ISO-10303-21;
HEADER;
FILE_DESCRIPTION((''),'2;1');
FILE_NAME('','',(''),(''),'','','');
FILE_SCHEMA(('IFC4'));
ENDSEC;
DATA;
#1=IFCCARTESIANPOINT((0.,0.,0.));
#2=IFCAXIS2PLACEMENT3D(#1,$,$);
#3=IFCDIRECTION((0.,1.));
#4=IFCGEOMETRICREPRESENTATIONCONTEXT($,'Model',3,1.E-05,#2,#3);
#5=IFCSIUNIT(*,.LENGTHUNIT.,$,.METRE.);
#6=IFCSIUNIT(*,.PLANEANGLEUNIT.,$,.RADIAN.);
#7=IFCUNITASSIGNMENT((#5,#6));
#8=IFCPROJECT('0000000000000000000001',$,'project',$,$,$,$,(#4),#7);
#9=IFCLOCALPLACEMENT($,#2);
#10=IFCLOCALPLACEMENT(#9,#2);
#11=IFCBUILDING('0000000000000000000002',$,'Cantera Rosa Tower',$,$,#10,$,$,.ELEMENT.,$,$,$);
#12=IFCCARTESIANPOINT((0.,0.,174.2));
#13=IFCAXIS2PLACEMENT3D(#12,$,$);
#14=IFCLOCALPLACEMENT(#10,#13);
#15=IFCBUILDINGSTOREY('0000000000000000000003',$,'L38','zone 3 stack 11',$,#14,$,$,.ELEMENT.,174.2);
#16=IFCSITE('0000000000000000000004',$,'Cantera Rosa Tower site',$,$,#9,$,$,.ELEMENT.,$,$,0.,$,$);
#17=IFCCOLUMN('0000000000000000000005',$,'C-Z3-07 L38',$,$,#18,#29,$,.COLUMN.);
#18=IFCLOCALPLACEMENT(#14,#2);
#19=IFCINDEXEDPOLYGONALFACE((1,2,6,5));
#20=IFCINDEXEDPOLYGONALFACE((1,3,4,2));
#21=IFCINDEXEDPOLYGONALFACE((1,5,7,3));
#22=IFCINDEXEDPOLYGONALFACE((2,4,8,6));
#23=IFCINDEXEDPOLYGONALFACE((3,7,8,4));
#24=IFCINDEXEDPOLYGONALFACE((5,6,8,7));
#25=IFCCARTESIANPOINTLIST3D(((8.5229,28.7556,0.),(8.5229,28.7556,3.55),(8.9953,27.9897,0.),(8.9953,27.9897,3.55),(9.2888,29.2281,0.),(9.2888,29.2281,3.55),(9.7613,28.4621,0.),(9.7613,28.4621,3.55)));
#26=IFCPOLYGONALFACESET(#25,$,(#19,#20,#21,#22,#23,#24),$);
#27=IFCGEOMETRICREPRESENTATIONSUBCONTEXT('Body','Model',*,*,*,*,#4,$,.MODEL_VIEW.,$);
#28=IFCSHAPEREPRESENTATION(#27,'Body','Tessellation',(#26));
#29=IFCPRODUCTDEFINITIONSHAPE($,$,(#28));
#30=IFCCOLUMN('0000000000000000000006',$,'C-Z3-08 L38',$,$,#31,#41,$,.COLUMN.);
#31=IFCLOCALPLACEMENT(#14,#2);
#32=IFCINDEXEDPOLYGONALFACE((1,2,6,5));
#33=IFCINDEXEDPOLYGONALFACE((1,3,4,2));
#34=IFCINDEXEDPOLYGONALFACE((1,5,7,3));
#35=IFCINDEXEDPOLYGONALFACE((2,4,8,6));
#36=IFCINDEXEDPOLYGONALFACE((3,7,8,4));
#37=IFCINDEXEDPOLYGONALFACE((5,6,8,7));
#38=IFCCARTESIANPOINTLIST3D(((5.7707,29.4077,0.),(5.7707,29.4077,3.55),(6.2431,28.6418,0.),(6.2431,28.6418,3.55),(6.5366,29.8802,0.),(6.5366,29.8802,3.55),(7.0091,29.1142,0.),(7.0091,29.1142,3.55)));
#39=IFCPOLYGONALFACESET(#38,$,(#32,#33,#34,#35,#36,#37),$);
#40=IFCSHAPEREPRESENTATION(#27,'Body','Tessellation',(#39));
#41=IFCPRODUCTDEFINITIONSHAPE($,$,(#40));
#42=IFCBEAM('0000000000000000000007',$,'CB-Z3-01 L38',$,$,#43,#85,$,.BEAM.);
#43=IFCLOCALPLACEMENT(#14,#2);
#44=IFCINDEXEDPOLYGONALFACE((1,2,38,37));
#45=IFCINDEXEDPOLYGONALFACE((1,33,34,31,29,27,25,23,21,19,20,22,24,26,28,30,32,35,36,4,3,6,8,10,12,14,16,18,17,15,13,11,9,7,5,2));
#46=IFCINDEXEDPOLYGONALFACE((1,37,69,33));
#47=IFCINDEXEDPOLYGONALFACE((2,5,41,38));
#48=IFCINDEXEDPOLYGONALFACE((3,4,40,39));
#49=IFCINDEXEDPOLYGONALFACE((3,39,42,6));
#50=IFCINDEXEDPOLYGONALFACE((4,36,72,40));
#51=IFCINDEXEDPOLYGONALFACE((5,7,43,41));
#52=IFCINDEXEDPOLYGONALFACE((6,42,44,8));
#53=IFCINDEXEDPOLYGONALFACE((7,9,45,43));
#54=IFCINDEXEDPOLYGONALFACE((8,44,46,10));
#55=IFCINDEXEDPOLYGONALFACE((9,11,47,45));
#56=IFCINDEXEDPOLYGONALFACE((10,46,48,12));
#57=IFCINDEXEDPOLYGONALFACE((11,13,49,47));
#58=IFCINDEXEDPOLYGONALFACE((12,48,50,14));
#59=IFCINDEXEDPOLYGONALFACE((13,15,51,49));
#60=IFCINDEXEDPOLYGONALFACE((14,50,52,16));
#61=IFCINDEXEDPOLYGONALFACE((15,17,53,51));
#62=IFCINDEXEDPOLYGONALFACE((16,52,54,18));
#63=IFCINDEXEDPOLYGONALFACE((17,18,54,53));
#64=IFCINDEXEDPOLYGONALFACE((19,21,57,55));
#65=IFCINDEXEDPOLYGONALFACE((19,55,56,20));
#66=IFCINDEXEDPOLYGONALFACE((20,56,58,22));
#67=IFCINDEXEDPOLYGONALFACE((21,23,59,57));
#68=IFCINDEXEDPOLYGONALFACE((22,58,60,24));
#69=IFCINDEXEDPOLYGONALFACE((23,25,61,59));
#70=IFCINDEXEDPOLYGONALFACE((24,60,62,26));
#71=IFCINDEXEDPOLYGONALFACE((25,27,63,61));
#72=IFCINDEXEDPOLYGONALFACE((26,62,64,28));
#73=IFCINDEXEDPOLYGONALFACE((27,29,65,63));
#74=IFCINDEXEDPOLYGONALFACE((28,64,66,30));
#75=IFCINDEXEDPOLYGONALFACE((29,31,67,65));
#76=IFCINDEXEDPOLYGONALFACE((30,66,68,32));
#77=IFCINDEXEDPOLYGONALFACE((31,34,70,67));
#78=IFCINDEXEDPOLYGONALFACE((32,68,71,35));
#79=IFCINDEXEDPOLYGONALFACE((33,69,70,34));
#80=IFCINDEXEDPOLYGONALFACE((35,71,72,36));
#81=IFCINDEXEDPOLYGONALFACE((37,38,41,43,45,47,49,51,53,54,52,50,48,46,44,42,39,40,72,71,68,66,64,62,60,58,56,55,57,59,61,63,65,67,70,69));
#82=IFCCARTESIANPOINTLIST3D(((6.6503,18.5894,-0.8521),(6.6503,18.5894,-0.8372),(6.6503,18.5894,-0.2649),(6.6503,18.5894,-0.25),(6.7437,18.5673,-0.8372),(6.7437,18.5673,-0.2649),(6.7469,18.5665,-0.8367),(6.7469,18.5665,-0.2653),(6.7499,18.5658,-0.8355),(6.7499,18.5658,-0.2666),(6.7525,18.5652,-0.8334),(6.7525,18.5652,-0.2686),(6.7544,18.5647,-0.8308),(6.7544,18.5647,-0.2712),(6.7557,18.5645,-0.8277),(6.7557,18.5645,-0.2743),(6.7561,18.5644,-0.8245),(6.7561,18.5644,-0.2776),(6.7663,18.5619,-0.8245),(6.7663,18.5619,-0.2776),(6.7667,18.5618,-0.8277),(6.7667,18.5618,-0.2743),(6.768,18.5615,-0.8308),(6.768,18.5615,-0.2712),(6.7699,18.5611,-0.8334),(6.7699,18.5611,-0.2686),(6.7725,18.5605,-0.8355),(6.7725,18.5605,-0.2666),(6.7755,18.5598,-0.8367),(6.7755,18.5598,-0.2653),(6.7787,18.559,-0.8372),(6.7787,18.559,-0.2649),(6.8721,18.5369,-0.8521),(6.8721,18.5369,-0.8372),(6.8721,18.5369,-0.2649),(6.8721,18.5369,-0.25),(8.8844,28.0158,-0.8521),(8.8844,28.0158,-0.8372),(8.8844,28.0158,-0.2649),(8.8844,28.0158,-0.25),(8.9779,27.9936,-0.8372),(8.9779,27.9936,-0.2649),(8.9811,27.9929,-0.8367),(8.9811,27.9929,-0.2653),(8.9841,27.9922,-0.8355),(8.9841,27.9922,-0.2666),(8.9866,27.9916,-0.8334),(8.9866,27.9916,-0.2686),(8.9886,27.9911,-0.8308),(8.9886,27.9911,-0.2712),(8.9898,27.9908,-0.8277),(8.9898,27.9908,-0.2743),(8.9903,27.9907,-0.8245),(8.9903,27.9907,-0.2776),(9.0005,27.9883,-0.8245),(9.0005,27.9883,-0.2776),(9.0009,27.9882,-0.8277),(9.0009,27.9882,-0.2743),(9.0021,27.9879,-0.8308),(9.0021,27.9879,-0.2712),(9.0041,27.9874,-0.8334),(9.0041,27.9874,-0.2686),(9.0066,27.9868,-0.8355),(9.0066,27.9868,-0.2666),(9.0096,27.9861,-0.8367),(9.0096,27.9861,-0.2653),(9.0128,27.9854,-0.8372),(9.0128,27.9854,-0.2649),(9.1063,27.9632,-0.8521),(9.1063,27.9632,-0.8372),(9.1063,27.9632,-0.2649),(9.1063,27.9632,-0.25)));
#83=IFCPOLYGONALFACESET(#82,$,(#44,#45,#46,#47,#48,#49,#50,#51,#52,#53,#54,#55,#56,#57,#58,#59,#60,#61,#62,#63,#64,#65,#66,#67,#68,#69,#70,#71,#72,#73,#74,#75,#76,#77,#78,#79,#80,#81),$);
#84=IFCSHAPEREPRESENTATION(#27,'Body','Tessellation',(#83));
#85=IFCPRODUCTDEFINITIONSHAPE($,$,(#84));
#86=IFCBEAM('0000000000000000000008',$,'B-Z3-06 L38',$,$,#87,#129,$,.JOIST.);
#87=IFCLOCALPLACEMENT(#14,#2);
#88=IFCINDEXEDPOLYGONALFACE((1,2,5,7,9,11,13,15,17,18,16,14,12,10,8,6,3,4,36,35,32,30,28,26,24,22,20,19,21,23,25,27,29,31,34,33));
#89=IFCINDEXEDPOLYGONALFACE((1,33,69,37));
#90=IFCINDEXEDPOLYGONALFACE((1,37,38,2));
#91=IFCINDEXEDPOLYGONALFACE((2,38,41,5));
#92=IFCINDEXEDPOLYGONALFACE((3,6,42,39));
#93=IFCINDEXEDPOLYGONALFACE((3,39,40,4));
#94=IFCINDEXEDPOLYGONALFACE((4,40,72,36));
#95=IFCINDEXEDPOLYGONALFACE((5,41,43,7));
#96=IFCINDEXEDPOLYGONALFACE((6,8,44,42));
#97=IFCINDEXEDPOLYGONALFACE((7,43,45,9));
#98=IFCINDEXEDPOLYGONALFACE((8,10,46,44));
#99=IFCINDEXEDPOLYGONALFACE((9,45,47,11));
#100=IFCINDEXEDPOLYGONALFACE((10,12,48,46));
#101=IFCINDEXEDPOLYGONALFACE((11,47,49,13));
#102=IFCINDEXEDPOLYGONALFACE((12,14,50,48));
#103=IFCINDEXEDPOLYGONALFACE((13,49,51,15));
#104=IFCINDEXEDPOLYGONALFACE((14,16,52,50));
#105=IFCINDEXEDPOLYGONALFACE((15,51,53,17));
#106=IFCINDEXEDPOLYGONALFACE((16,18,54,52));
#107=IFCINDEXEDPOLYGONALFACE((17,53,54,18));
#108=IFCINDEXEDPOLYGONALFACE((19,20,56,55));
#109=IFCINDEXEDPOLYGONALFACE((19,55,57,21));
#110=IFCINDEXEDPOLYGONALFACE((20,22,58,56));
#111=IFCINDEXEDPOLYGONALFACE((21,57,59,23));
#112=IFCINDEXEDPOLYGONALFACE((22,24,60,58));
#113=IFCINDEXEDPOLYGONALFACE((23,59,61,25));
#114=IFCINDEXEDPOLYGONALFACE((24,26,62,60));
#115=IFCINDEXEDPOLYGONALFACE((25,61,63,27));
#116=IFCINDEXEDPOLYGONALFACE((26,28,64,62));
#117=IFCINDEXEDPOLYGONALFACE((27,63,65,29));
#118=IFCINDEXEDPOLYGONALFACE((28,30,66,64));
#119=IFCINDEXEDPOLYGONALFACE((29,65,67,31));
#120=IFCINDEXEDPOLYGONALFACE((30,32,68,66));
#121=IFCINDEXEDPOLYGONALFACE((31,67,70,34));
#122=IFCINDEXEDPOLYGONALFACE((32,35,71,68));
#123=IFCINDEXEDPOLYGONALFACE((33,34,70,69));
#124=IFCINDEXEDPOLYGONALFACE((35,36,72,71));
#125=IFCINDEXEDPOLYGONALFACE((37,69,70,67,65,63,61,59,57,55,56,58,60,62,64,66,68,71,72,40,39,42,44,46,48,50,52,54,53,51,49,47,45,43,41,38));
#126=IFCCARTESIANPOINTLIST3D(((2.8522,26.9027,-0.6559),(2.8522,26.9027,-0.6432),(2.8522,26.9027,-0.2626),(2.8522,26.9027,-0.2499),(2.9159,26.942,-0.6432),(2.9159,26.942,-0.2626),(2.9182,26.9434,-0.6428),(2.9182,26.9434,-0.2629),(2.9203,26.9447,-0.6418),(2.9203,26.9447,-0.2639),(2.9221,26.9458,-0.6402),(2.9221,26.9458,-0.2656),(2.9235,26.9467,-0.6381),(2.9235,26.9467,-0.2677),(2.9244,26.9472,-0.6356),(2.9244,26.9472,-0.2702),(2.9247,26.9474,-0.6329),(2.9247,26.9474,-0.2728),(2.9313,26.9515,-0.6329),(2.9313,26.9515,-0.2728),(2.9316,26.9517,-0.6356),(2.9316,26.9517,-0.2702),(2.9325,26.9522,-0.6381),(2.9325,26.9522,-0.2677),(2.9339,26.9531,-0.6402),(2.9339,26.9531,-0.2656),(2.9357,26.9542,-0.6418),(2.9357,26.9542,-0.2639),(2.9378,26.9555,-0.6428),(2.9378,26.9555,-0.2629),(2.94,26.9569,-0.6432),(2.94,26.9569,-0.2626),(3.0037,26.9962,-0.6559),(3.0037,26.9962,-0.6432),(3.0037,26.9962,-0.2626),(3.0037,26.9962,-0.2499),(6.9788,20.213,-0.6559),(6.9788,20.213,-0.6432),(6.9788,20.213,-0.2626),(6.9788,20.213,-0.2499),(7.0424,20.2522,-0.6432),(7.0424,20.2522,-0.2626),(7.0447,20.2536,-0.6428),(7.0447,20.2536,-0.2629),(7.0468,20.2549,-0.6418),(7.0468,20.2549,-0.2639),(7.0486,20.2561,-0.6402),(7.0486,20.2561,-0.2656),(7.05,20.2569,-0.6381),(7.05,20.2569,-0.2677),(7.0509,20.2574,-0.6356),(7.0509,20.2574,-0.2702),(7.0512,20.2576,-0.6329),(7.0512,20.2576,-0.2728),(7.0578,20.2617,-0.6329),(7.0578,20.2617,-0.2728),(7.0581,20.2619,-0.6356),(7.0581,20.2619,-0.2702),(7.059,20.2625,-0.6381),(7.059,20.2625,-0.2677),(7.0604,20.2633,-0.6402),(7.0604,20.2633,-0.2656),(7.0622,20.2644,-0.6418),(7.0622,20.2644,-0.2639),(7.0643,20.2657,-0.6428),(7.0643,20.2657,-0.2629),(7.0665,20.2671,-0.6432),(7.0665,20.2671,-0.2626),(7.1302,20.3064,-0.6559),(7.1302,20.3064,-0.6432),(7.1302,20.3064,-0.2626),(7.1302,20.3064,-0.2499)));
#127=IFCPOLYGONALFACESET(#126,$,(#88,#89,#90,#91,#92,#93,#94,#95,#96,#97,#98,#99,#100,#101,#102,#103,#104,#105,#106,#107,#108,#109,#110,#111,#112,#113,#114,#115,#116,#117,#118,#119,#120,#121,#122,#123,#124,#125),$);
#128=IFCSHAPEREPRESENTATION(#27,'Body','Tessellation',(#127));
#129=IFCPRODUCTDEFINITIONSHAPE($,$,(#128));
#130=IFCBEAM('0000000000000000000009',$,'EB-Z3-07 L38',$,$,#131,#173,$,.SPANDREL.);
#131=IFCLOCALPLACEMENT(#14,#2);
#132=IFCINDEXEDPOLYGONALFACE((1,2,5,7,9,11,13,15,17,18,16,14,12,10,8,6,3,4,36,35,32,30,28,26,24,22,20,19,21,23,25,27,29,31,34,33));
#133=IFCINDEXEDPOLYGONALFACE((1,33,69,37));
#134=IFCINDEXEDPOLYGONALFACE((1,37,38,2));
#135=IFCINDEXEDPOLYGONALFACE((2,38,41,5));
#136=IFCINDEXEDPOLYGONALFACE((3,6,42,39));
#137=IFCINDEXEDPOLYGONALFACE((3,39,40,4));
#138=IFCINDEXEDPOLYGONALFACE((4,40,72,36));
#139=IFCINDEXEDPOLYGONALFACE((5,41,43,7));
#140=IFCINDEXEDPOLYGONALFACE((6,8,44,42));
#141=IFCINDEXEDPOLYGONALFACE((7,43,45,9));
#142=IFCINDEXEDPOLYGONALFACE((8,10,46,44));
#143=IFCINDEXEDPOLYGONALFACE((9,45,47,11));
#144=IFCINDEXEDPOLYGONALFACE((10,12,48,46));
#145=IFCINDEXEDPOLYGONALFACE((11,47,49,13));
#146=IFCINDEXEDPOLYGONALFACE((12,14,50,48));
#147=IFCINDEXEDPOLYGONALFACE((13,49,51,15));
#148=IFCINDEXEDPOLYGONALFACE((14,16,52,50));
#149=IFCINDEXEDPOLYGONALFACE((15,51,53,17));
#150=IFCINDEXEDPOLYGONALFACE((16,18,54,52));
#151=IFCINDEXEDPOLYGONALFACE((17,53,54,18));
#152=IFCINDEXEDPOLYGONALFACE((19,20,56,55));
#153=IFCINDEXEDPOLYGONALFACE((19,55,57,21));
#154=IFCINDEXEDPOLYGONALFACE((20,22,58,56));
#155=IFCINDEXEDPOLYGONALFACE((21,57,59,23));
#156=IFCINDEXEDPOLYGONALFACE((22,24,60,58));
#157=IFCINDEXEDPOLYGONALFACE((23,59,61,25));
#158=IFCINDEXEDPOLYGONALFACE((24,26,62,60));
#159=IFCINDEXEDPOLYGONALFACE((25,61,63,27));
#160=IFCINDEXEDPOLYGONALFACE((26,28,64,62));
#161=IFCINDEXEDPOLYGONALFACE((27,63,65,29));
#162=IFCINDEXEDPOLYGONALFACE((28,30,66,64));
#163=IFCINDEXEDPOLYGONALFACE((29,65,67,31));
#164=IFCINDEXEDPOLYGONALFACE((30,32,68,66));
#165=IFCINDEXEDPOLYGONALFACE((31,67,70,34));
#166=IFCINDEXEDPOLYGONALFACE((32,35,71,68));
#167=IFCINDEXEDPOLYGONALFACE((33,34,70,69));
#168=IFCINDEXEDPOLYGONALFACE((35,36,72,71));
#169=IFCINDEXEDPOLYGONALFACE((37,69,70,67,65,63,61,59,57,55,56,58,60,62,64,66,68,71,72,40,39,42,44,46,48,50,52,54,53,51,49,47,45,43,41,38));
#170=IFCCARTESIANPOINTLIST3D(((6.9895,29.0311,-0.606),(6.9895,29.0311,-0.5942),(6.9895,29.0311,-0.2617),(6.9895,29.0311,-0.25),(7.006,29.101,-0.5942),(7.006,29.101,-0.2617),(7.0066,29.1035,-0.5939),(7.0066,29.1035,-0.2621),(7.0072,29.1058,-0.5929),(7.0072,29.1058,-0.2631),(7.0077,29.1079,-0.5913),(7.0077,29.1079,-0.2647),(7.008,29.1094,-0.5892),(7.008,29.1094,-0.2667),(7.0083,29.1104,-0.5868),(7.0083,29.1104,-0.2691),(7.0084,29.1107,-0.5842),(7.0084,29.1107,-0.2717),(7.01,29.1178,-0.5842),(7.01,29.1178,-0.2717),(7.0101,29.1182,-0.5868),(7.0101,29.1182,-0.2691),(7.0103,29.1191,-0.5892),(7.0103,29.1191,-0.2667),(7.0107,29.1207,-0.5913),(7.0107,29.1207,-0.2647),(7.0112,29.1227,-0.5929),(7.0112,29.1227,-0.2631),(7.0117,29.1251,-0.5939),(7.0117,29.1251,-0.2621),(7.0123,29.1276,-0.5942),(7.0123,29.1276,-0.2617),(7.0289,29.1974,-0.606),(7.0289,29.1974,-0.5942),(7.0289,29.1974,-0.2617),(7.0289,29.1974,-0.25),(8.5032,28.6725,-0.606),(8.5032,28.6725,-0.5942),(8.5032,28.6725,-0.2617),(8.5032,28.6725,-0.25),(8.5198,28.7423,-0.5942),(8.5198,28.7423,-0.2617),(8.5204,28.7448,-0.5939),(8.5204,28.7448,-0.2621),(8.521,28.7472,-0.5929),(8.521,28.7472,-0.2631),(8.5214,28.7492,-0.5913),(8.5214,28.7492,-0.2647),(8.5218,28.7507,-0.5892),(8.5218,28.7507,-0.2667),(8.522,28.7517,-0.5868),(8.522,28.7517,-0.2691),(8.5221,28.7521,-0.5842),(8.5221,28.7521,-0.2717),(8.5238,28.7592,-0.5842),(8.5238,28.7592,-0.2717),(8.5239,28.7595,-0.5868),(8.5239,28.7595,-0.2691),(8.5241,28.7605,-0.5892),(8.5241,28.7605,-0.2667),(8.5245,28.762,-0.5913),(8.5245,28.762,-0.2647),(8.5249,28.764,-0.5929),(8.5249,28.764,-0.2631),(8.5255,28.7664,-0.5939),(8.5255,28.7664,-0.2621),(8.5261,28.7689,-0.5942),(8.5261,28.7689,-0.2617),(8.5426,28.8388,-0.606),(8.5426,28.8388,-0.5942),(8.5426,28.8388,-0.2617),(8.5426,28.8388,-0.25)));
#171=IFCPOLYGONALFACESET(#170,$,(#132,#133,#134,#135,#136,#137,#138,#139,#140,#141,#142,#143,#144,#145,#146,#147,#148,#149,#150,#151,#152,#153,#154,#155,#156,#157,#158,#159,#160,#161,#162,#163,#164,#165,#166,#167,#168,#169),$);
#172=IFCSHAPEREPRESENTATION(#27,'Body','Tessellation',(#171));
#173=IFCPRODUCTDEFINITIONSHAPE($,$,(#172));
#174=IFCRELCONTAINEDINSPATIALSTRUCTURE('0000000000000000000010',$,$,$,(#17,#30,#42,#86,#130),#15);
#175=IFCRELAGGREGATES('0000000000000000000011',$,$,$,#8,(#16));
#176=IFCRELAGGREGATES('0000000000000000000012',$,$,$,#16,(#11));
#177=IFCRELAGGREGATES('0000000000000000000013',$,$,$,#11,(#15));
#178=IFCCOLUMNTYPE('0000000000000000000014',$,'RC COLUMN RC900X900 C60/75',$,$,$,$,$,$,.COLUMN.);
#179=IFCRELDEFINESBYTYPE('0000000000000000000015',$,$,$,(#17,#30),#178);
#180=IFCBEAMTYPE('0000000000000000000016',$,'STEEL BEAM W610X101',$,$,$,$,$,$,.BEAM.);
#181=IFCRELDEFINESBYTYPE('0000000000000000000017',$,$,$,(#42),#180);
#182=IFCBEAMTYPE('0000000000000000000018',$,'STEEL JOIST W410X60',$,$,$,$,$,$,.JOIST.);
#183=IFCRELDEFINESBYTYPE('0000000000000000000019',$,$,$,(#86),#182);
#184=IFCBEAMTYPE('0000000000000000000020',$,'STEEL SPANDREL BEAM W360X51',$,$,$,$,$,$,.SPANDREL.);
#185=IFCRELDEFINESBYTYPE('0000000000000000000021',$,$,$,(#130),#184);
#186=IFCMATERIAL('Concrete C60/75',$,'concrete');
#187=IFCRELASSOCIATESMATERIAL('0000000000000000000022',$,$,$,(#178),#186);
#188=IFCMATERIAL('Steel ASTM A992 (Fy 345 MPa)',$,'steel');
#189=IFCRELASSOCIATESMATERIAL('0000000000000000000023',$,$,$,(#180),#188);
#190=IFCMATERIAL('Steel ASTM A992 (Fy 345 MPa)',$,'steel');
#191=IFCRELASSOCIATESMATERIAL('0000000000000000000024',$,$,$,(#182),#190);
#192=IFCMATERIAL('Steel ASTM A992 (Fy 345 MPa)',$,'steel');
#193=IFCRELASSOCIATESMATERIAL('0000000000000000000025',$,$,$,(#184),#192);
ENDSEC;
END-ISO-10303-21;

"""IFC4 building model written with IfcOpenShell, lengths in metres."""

from ifc_helpers import new_model, si_unit, direction, frame, origin, origin_2d, place, context, subcontext, project, spatial, rectangle, i_section, extrude, material, material_profile, profile_set, type_object, element, save


model = new_model("IFC4")

# Units and contexts
model_context = context("Model", 3, precision=1e-05, world=origin(), true_north=direction((0.0, 1.0)))
body_context = subcontext(model_context, "Body", "Model", "MODEL_VIEW")
ifc_project = project(units=[si_unit("LENGTHUNIT", "METRE"), si_unit("PLANEANGLEUNIT", "RADIAN")], contexts=[model_context])

# Site, building, storey
site_placement = place(None, origin())
site = spatial("IfcSite", under=ifc_project, at=site_placement, Name="Cantera Rosa Tower site", CompositionType="ELEMENT", RefElevation=0.0)
building_placement = place(site_placement, origin())
building = spatial("IfcBuilding", under=site, at=building_placement, Name="Cantera Rosa Tower", CompositionType="ELEMENT")
storey_placement = place(building_placement, frame((0.0, 0.0, 174.2)))
storey = spatial("IfcBuildingStorey", under=building, at=storey_placement, Name="L38", Description="zone 3 stack 11", CompositionType="ELEMENT", Elevation=174.2)

# Columns
ifc_material_1 = material(Name="Concrete C60/75", Category="concrete")
ifc_material_profile_1 = material_profile(ifc_material_1, rectangle(XDim=0.8999, YDim=0.8999, at=origin_2d()), Name="RC COLUMN RC900X900 C60/75")
ifc_profile_set_1 = profile_set([ifc_material_profile_1], Name="Concrete C60/75")
column_type = type_object("IfcColumnType", Name="RC COLUMN RC900X900 C60/75", PredefinedType="COLUMN", material=ifc_profile_set_1)
for number, where, z_axis, x_axis, name in (
    (1, (9.1421, 28.6089, 0.0), (0.0, 0.0, 1.0), (0.851117, 0.524977, 0.0), "C-Z3-07 L38"),
    (2, (6.3899, 29.261, 0.0), (0.0, 0.0, 1.0), (0.851117, 0.524977, 0.0), "C-Z3-08 L38"),
):
    element("IfcColumn", number, at=place(storey_placement, frame(where, z_axis=z_axis, x_axis=x_axis)), inside=storey, type_object=column_type, Name=name, PredefinedType="COLUMN", context=body_context, shape_type="SweptSolid", body=[
        extrude(rectangle(XDim=0.8999, YDim=0.8999, at=origin_2d()), origin(), (0.0, 0.0, 1.0), 3.55),
    ])

# Beams
ifc_material_2 = material(Name="Steel ASTM A992 (Fy 345 MPa)", Category="steel")
ifc_material_profile_2 = material_profile(ifc_material_2, i_section(OverallWidth=0.228, OverallDepth=0.6021, WebThickness=0.0105, FlangeThickness=0.0149, FilletRadius=0.0127, at=origin_2d()), Name="W610X101")
ifc_profile_set_2 = profile_set([ifc_material_profile_2], Name="Steel ASTM A992 (Fy 345 MPa)")
beam_type_1 = type_object("IfcBeamType", Name="STEEL BEAM W610X101", PredefinedType="BEAM", material=ifc_profile_set_2)
beam_1_placement = place(storey_placement, frame((8.9954, 27.9895, -0.551), z_axis=(-0.230622, -0.973043, 0.0), x_axis=(0.973043, -0.230622, 0.0)))
element("IfcBeam", 3, at=beam_1_placement, inside=storey, type_object=beam_type_1, Name="CB-Z3-01 L38", PredefinedType="BEAM", context=body_context, shape_type="SweptSolid", body=[
    extrude(i_section(OverallWidth=0.228, OverallDepth=0.6021, WebThickness=0.0105, FlangeThickness=0.0149, FilletRadius=0.0127, at=origin_2d()), origin(), (0.0, 0.0, 1.0), 9.6875),
])
ifc_material_3 = material(Name="Steel ASTM A992 (Fy 345 MPa)", Category="steel")
ifc_material_profile_3 = material_profile(ifc_material_3, i_section(OverallWidth=0.178, OverallDepth=0.406, WebThickness=0.0078, FlangeThickness=0.0127, FilletRadius=0.0103, at=origin_2d()), Name="W410X60")
ifc_profile_set_3 = profile_set([ifc_material_profile_3], Name="Steel ASTM A992 (Fy 345 MPa)")
beam_type_2 = type_object("IfcBeamType", Name="STEEL JOIST W410X60", PredefinedType="JOIST", material=ifc_profile_set_3)
beam_2_placement = place(storey_placement, frame((2.928, 26.9495, -0.4529), z_axis=(0.524995, -0.851105, 0.0), x_axis=(0.851105, 0.524995, 0.0)))
element("IfcBeam", 4, at=beam_2_placement, inside=storey, type_object=beam_type_2, Name="B-Z3-06 L38", PredefinedType="JOIST", context=body_context, shape_type="SweptSolid", body=[
    extrude(i_section(OverallWidth=0.178, OverallDepth=0.406, WebThickness=0.0078, FlangeThickness=0.0127, FilletRadius=0.0103, at=origin_2d()), origin(), (0.0, 0.0, 1.0), 7.8601),
])
ifc_material_4 = material(Name="Steel ASTM A992 (Fy 345 MPa)", Category="steel")
ifc_material_profile_4 = material_profile(ifc_material_4, i_section(OverallWidth=0.1709, OverallDepth=0.356, WebThickness=0.0073, FlangeThickness=0.0117, FilletRadius=0.01, at=origin_2d()), Name="W360X51")
ifc_profile_set_4 = profile_set([ifc_material_profile_4], Name="Steel ASTM A992 (Fy 345 MPa)")
beam_type_3 = type_object("IfcBeamType", Name="STEEL SPANDREL BEAM W360X51", PredefinedType="SPANDREL", material=ifc_profile_set_4)
beam_3_placement = place(storey_placement, frame((8.5229, 28.7556, -0.428), z_axis=(-0.97306, 0.230552, 0.0), x_axis=(-0.230552, -0.97306, 0.0)))
element("IfcBeam", 5, at=beam_3_placement, inside=storey, type_object=beam_type_3, Name="EB-Z3-07 L38", PredefinedType="SPANDREL", context=body_context, shape_type="SweptSolid", body=[
    extrude(i_section(OverallWidth=0.1709, OverallDepth=0.356, WebThickness=0.0073, FlangeThickness=0.0117, FilletRadius=0.01, at=origin_2d()), origin(), (0.0, 0.0, 1.0), 1.5557),
])

save(model, "model.ifc")
